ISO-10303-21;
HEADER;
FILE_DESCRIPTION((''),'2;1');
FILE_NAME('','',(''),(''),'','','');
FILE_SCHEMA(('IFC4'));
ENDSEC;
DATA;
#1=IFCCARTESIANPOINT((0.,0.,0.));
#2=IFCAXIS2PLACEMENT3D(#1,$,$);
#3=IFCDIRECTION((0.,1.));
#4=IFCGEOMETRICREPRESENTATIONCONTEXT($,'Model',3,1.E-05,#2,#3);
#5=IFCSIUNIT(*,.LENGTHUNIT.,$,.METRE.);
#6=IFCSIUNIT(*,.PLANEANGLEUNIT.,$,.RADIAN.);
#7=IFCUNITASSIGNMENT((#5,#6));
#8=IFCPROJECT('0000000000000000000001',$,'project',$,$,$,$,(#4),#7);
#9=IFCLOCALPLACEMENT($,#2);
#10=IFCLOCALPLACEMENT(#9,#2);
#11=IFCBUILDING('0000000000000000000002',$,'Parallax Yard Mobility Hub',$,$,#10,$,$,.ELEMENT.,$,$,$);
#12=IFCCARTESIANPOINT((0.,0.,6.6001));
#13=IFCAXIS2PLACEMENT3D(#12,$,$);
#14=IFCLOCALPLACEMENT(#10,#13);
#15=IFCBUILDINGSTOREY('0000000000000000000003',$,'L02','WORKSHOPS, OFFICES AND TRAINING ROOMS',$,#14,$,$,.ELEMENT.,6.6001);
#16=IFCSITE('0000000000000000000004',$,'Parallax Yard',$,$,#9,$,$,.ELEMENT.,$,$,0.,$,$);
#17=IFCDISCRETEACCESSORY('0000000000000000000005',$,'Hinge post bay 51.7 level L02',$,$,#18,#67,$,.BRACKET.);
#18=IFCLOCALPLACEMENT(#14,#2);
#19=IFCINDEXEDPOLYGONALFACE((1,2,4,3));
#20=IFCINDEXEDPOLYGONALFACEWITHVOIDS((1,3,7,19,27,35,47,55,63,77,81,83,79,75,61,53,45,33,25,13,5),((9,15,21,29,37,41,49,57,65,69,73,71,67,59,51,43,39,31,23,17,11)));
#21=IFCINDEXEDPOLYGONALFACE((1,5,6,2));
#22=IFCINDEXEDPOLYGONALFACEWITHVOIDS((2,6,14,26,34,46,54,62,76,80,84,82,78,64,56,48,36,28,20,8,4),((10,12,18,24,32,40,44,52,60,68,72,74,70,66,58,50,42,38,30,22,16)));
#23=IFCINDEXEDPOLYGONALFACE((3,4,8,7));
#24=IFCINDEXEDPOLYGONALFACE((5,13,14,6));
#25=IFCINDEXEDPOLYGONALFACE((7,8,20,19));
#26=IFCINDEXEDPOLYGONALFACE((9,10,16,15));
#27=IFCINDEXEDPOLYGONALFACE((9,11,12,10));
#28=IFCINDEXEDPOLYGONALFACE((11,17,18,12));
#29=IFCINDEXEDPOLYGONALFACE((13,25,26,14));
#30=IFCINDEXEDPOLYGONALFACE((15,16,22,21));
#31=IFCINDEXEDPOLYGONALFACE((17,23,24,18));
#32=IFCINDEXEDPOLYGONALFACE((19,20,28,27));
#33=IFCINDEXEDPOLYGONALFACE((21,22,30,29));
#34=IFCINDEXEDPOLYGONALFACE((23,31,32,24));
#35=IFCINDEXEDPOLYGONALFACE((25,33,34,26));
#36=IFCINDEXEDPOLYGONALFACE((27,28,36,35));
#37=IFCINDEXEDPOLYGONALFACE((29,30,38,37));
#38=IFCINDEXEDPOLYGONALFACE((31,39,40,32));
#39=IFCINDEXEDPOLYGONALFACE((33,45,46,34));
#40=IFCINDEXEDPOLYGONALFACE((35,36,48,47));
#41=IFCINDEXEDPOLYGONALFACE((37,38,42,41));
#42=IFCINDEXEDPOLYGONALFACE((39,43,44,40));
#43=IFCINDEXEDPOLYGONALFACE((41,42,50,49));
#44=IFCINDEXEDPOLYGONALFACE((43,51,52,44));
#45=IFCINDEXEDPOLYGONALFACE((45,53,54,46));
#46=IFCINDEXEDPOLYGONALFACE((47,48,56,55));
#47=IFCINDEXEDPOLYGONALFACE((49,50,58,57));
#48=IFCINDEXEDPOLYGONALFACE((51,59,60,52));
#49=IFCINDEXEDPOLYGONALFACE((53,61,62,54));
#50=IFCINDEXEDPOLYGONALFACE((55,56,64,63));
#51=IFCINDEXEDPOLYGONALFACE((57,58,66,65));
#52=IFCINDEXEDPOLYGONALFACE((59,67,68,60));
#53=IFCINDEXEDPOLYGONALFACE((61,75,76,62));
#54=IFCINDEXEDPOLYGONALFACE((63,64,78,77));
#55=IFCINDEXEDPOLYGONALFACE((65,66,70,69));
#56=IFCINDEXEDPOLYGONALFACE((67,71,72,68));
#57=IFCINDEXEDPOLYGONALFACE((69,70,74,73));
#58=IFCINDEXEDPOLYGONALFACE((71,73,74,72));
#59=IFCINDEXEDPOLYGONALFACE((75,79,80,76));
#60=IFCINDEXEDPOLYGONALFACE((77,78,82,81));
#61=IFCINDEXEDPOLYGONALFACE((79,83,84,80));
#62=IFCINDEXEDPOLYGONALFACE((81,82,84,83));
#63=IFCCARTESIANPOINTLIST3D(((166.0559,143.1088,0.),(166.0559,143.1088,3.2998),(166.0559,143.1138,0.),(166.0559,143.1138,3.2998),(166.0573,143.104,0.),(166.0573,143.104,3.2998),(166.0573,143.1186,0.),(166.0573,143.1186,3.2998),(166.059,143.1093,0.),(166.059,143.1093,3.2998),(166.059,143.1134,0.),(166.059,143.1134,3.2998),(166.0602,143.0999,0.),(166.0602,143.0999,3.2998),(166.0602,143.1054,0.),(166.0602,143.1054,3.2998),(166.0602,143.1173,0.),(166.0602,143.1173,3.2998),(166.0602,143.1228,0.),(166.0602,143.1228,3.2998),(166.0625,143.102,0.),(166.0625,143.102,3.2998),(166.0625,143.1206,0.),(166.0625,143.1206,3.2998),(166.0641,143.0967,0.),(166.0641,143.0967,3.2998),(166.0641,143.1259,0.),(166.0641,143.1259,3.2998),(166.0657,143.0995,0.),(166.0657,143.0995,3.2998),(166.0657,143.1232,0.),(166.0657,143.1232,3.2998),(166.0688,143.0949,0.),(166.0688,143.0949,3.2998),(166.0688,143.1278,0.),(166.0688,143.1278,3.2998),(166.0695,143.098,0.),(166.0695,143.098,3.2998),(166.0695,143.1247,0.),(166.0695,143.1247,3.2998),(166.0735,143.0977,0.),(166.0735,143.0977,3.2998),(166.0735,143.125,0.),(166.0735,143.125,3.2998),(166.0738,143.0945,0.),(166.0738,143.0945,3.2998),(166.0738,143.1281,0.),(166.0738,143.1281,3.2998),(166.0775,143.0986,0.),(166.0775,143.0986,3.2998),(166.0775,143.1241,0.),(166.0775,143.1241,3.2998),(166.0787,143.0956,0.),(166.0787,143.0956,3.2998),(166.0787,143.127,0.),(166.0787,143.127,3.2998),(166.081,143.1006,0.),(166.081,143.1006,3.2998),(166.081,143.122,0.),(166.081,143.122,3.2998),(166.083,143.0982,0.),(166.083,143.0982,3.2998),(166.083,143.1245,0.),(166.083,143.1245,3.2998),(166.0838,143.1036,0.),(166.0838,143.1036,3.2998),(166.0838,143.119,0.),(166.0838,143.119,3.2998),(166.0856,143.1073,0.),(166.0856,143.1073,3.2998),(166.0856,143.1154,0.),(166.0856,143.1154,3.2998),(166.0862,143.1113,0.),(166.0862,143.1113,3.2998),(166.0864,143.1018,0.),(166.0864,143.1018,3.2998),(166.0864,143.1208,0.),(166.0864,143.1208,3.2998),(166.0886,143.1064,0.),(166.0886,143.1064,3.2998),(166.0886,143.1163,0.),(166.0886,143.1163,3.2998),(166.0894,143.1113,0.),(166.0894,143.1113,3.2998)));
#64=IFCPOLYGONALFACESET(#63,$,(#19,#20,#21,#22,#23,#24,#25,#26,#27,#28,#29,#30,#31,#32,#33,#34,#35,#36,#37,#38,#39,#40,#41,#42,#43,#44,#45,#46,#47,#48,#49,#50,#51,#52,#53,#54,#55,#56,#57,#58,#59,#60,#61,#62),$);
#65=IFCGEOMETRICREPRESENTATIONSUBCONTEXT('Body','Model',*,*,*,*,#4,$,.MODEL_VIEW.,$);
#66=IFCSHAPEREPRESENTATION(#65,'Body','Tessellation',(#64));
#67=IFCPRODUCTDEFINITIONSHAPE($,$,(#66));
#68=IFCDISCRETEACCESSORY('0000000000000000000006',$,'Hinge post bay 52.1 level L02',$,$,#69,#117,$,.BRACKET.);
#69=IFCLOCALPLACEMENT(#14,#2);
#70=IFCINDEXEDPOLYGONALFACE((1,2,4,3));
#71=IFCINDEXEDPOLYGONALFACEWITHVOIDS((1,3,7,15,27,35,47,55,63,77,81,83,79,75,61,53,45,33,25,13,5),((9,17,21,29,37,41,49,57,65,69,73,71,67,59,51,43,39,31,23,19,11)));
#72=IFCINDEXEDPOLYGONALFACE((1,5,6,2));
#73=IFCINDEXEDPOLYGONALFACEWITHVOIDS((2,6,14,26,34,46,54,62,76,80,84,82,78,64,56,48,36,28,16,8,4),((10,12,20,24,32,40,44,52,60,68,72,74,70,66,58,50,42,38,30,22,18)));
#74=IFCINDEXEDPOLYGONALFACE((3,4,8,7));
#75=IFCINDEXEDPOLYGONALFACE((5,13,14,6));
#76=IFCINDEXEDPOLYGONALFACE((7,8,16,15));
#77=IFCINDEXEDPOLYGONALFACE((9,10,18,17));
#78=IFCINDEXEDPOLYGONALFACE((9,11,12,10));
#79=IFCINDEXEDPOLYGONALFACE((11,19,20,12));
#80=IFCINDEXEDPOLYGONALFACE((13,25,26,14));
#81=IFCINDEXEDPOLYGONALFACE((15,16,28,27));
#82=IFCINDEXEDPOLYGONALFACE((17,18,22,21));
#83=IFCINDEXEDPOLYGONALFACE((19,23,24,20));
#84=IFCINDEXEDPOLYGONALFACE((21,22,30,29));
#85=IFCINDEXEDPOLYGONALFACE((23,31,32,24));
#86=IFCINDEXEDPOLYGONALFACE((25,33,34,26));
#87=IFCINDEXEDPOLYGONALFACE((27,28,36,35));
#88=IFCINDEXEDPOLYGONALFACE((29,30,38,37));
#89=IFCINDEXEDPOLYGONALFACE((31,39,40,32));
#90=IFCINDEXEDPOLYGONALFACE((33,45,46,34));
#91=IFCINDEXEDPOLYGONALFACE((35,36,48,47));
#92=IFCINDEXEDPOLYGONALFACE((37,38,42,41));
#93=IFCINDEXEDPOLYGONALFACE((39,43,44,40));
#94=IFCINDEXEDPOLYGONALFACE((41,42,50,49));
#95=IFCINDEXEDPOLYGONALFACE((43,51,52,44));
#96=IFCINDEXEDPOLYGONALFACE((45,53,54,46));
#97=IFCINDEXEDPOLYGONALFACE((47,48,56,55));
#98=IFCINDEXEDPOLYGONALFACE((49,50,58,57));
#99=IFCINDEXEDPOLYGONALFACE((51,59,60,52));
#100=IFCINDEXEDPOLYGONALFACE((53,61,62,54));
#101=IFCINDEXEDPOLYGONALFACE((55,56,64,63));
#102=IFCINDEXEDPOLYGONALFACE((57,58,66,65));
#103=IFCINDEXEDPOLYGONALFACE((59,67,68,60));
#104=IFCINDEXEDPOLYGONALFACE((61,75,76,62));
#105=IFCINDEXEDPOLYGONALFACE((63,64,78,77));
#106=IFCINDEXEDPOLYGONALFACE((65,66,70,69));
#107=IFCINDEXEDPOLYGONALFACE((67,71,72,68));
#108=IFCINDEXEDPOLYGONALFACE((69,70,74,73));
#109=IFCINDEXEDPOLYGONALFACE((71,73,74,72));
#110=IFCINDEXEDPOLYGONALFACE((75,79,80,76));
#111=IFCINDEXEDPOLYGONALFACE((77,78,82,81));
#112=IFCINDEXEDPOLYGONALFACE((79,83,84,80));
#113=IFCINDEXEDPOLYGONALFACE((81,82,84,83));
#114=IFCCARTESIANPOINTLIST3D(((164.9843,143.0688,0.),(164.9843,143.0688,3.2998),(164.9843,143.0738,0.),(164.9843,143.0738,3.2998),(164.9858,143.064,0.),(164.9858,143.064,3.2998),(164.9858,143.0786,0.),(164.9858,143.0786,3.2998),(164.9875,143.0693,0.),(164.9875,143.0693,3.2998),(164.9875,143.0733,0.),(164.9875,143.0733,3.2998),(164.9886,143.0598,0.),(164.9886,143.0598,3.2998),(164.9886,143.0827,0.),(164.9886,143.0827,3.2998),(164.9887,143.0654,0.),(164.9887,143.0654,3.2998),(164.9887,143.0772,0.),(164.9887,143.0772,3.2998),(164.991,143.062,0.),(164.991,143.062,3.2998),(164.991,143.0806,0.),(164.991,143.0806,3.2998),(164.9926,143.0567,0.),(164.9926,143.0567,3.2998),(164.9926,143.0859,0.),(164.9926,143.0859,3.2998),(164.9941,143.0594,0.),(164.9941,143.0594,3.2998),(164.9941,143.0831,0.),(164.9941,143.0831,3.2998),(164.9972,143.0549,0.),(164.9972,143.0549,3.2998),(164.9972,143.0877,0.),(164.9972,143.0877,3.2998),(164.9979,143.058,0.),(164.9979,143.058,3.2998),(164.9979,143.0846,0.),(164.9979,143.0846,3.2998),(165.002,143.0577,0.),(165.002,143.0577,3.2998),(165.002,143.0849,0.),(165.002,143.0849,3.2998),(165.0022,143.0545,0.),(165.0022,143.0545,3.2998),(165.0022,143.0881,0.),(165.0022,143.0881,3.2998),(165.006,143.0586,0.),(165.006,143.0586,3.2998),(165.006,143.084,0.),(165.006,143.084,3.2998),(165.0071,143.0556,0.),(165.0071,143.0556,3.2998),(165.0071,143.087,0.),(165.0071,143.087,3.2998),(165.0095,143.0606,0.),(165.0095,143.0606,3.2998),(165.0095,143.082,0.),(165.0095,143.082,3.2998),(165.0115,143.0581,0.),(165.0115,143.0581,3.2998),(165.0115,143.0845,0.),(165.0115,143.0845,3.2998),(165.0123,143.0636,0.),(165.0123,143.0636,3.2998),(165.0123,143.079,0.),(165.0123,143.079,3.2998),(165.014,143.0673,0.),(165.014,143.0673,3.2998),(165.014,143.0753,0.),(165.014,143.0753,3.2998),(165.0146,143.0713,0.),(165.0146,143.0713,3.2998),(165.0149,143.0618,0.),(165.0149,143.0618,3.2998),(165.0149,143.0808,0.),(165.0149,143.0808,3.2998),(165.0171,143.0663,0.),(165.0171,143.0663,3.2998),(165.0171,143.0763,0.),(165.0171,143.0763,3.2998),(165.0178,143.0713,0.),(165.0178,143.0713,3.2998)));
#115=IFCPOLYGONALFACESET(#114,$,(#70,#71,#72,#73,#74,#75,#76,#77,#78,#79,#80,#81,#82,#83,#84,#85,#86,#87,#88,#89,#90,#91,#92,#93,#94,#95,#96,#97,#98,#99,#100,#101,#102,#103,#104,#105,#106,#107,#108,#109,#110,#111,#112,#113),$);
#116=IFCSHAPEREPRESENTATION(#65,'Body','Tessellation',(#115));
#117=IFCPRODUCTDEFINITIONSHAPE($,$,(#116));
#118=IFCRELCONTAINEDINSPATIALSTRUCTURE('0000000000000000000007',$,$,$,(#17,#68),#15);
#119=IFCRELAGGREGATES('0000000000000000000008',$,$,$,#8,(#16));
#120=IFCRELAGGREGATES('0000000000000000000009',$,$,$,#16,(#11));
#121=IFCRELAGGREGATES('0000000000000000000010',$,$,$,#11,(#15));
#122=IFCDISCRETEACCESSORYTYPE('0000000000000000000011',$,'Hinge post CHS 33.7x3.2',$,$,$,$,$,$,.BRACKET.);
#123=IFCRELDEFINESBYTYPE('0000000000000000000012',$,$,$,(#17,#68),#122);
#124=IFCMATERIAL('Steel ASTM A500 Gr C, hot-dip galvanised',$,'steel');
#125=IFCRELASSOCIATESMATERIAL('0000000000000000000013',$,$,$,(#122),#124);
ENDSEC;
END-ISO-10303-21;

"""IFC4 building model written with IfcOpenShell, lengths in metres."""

from ifc_helpers import new_model, si_unit, direction, frame, origin, origin_2d, place, context, subcontext, project, spatial, hollow_circle, extrude, material, material_profile, profile_set, type_object, element, save


model = new_model("IFC4")

# Units and contexts
model_context = context("Model", 3, precision=1e-05, world=origin(), true_north=direction((0.0, 1.0)))
body_context = subcontext(model_context, "Body", "Model", "MODEL_VIEW")
ifc_project = project(units=[si_unit("LENGTHUNIT", "METRE"), si_unit("PLANEANGLEUNIT", "RADIAN")], contexts=[model_context])

# Site, building, storey
site_placement = place(None, origin())
site = spatial("IfcSite", under=ifc_project, at=site_placement, Name="Parallax Yard", CompositionType="ELEMENT", RefElevation=0.0)
building_placement = place(site_placement, origin())
building = spatial("IfcBuilding", under=site, at=building_placement, Name="Parallax Yard Mobility Hub", CompositionType="ELEMENT")
storey_placement = place(building_placement, frame((0.0, 0.0, 6.6001)))
storey = spatial("IfcBuildingStorey", under=building, at=storey_placement, Name="L02", Description="WORKSHOPS, OFFICES AND TRAINING ROOMS", CompositionType="ELEMENT", Elevation=6.6001)

# Discrete accessories
ifc_material_1 = material(Name="Steel ASTM A500 Gr C, hot-dip galvanised", Category="steel")
ifc_material_profile = material_profile(ifc_material_1, hollow_circle(Radius=0.0168, WallThickness=0.0032, at=origin_2d()), Name="CHS 33.7x3.2")
ifc_profile_set = profile_set([ifc_material_profile], Name="Steel ASTM A500 Gr C, hot-dip galvanised")
discrete_accessory_type = type_object("IfcDiscreteAccessoryType", Name="Hinge post CHS 33.7x3.2", PredefinedType="BRACKET", material=ifc_profile_set)
for number, where, z_axis, x_axis, name in (
    (1, (166.0725, 143.1113, 0.0), (0.0, 0.0, 1.0), (1.0, 0.0, 0.0), "Hinge post bay 51.7 level L02"),
    (2, (165.001, 143.0713, 0.0), (0.0, 0.0, 1.0), (1.0, 0.0, 0.0), "Hinge post bay 52.1 level L02"),
):
    element("IfcDiscreteAccessory", number, at=place(storey_placement, frame(where, z_axis=z_axis, x_axis=x_axis)), inside=storey, type_object=discrete_accessory_type, Name=name, PredefinedType="BRACKET", context=body_context, shape_type="SweptSolid", body=[
        extrude(hollow_circle(Radius=0.0168, WallThickness=0.0032, at=origin_2d()), origin(), (0.0, 0.0, 1.0), 3.2998),
    ])

save(model, "model.ifc")
